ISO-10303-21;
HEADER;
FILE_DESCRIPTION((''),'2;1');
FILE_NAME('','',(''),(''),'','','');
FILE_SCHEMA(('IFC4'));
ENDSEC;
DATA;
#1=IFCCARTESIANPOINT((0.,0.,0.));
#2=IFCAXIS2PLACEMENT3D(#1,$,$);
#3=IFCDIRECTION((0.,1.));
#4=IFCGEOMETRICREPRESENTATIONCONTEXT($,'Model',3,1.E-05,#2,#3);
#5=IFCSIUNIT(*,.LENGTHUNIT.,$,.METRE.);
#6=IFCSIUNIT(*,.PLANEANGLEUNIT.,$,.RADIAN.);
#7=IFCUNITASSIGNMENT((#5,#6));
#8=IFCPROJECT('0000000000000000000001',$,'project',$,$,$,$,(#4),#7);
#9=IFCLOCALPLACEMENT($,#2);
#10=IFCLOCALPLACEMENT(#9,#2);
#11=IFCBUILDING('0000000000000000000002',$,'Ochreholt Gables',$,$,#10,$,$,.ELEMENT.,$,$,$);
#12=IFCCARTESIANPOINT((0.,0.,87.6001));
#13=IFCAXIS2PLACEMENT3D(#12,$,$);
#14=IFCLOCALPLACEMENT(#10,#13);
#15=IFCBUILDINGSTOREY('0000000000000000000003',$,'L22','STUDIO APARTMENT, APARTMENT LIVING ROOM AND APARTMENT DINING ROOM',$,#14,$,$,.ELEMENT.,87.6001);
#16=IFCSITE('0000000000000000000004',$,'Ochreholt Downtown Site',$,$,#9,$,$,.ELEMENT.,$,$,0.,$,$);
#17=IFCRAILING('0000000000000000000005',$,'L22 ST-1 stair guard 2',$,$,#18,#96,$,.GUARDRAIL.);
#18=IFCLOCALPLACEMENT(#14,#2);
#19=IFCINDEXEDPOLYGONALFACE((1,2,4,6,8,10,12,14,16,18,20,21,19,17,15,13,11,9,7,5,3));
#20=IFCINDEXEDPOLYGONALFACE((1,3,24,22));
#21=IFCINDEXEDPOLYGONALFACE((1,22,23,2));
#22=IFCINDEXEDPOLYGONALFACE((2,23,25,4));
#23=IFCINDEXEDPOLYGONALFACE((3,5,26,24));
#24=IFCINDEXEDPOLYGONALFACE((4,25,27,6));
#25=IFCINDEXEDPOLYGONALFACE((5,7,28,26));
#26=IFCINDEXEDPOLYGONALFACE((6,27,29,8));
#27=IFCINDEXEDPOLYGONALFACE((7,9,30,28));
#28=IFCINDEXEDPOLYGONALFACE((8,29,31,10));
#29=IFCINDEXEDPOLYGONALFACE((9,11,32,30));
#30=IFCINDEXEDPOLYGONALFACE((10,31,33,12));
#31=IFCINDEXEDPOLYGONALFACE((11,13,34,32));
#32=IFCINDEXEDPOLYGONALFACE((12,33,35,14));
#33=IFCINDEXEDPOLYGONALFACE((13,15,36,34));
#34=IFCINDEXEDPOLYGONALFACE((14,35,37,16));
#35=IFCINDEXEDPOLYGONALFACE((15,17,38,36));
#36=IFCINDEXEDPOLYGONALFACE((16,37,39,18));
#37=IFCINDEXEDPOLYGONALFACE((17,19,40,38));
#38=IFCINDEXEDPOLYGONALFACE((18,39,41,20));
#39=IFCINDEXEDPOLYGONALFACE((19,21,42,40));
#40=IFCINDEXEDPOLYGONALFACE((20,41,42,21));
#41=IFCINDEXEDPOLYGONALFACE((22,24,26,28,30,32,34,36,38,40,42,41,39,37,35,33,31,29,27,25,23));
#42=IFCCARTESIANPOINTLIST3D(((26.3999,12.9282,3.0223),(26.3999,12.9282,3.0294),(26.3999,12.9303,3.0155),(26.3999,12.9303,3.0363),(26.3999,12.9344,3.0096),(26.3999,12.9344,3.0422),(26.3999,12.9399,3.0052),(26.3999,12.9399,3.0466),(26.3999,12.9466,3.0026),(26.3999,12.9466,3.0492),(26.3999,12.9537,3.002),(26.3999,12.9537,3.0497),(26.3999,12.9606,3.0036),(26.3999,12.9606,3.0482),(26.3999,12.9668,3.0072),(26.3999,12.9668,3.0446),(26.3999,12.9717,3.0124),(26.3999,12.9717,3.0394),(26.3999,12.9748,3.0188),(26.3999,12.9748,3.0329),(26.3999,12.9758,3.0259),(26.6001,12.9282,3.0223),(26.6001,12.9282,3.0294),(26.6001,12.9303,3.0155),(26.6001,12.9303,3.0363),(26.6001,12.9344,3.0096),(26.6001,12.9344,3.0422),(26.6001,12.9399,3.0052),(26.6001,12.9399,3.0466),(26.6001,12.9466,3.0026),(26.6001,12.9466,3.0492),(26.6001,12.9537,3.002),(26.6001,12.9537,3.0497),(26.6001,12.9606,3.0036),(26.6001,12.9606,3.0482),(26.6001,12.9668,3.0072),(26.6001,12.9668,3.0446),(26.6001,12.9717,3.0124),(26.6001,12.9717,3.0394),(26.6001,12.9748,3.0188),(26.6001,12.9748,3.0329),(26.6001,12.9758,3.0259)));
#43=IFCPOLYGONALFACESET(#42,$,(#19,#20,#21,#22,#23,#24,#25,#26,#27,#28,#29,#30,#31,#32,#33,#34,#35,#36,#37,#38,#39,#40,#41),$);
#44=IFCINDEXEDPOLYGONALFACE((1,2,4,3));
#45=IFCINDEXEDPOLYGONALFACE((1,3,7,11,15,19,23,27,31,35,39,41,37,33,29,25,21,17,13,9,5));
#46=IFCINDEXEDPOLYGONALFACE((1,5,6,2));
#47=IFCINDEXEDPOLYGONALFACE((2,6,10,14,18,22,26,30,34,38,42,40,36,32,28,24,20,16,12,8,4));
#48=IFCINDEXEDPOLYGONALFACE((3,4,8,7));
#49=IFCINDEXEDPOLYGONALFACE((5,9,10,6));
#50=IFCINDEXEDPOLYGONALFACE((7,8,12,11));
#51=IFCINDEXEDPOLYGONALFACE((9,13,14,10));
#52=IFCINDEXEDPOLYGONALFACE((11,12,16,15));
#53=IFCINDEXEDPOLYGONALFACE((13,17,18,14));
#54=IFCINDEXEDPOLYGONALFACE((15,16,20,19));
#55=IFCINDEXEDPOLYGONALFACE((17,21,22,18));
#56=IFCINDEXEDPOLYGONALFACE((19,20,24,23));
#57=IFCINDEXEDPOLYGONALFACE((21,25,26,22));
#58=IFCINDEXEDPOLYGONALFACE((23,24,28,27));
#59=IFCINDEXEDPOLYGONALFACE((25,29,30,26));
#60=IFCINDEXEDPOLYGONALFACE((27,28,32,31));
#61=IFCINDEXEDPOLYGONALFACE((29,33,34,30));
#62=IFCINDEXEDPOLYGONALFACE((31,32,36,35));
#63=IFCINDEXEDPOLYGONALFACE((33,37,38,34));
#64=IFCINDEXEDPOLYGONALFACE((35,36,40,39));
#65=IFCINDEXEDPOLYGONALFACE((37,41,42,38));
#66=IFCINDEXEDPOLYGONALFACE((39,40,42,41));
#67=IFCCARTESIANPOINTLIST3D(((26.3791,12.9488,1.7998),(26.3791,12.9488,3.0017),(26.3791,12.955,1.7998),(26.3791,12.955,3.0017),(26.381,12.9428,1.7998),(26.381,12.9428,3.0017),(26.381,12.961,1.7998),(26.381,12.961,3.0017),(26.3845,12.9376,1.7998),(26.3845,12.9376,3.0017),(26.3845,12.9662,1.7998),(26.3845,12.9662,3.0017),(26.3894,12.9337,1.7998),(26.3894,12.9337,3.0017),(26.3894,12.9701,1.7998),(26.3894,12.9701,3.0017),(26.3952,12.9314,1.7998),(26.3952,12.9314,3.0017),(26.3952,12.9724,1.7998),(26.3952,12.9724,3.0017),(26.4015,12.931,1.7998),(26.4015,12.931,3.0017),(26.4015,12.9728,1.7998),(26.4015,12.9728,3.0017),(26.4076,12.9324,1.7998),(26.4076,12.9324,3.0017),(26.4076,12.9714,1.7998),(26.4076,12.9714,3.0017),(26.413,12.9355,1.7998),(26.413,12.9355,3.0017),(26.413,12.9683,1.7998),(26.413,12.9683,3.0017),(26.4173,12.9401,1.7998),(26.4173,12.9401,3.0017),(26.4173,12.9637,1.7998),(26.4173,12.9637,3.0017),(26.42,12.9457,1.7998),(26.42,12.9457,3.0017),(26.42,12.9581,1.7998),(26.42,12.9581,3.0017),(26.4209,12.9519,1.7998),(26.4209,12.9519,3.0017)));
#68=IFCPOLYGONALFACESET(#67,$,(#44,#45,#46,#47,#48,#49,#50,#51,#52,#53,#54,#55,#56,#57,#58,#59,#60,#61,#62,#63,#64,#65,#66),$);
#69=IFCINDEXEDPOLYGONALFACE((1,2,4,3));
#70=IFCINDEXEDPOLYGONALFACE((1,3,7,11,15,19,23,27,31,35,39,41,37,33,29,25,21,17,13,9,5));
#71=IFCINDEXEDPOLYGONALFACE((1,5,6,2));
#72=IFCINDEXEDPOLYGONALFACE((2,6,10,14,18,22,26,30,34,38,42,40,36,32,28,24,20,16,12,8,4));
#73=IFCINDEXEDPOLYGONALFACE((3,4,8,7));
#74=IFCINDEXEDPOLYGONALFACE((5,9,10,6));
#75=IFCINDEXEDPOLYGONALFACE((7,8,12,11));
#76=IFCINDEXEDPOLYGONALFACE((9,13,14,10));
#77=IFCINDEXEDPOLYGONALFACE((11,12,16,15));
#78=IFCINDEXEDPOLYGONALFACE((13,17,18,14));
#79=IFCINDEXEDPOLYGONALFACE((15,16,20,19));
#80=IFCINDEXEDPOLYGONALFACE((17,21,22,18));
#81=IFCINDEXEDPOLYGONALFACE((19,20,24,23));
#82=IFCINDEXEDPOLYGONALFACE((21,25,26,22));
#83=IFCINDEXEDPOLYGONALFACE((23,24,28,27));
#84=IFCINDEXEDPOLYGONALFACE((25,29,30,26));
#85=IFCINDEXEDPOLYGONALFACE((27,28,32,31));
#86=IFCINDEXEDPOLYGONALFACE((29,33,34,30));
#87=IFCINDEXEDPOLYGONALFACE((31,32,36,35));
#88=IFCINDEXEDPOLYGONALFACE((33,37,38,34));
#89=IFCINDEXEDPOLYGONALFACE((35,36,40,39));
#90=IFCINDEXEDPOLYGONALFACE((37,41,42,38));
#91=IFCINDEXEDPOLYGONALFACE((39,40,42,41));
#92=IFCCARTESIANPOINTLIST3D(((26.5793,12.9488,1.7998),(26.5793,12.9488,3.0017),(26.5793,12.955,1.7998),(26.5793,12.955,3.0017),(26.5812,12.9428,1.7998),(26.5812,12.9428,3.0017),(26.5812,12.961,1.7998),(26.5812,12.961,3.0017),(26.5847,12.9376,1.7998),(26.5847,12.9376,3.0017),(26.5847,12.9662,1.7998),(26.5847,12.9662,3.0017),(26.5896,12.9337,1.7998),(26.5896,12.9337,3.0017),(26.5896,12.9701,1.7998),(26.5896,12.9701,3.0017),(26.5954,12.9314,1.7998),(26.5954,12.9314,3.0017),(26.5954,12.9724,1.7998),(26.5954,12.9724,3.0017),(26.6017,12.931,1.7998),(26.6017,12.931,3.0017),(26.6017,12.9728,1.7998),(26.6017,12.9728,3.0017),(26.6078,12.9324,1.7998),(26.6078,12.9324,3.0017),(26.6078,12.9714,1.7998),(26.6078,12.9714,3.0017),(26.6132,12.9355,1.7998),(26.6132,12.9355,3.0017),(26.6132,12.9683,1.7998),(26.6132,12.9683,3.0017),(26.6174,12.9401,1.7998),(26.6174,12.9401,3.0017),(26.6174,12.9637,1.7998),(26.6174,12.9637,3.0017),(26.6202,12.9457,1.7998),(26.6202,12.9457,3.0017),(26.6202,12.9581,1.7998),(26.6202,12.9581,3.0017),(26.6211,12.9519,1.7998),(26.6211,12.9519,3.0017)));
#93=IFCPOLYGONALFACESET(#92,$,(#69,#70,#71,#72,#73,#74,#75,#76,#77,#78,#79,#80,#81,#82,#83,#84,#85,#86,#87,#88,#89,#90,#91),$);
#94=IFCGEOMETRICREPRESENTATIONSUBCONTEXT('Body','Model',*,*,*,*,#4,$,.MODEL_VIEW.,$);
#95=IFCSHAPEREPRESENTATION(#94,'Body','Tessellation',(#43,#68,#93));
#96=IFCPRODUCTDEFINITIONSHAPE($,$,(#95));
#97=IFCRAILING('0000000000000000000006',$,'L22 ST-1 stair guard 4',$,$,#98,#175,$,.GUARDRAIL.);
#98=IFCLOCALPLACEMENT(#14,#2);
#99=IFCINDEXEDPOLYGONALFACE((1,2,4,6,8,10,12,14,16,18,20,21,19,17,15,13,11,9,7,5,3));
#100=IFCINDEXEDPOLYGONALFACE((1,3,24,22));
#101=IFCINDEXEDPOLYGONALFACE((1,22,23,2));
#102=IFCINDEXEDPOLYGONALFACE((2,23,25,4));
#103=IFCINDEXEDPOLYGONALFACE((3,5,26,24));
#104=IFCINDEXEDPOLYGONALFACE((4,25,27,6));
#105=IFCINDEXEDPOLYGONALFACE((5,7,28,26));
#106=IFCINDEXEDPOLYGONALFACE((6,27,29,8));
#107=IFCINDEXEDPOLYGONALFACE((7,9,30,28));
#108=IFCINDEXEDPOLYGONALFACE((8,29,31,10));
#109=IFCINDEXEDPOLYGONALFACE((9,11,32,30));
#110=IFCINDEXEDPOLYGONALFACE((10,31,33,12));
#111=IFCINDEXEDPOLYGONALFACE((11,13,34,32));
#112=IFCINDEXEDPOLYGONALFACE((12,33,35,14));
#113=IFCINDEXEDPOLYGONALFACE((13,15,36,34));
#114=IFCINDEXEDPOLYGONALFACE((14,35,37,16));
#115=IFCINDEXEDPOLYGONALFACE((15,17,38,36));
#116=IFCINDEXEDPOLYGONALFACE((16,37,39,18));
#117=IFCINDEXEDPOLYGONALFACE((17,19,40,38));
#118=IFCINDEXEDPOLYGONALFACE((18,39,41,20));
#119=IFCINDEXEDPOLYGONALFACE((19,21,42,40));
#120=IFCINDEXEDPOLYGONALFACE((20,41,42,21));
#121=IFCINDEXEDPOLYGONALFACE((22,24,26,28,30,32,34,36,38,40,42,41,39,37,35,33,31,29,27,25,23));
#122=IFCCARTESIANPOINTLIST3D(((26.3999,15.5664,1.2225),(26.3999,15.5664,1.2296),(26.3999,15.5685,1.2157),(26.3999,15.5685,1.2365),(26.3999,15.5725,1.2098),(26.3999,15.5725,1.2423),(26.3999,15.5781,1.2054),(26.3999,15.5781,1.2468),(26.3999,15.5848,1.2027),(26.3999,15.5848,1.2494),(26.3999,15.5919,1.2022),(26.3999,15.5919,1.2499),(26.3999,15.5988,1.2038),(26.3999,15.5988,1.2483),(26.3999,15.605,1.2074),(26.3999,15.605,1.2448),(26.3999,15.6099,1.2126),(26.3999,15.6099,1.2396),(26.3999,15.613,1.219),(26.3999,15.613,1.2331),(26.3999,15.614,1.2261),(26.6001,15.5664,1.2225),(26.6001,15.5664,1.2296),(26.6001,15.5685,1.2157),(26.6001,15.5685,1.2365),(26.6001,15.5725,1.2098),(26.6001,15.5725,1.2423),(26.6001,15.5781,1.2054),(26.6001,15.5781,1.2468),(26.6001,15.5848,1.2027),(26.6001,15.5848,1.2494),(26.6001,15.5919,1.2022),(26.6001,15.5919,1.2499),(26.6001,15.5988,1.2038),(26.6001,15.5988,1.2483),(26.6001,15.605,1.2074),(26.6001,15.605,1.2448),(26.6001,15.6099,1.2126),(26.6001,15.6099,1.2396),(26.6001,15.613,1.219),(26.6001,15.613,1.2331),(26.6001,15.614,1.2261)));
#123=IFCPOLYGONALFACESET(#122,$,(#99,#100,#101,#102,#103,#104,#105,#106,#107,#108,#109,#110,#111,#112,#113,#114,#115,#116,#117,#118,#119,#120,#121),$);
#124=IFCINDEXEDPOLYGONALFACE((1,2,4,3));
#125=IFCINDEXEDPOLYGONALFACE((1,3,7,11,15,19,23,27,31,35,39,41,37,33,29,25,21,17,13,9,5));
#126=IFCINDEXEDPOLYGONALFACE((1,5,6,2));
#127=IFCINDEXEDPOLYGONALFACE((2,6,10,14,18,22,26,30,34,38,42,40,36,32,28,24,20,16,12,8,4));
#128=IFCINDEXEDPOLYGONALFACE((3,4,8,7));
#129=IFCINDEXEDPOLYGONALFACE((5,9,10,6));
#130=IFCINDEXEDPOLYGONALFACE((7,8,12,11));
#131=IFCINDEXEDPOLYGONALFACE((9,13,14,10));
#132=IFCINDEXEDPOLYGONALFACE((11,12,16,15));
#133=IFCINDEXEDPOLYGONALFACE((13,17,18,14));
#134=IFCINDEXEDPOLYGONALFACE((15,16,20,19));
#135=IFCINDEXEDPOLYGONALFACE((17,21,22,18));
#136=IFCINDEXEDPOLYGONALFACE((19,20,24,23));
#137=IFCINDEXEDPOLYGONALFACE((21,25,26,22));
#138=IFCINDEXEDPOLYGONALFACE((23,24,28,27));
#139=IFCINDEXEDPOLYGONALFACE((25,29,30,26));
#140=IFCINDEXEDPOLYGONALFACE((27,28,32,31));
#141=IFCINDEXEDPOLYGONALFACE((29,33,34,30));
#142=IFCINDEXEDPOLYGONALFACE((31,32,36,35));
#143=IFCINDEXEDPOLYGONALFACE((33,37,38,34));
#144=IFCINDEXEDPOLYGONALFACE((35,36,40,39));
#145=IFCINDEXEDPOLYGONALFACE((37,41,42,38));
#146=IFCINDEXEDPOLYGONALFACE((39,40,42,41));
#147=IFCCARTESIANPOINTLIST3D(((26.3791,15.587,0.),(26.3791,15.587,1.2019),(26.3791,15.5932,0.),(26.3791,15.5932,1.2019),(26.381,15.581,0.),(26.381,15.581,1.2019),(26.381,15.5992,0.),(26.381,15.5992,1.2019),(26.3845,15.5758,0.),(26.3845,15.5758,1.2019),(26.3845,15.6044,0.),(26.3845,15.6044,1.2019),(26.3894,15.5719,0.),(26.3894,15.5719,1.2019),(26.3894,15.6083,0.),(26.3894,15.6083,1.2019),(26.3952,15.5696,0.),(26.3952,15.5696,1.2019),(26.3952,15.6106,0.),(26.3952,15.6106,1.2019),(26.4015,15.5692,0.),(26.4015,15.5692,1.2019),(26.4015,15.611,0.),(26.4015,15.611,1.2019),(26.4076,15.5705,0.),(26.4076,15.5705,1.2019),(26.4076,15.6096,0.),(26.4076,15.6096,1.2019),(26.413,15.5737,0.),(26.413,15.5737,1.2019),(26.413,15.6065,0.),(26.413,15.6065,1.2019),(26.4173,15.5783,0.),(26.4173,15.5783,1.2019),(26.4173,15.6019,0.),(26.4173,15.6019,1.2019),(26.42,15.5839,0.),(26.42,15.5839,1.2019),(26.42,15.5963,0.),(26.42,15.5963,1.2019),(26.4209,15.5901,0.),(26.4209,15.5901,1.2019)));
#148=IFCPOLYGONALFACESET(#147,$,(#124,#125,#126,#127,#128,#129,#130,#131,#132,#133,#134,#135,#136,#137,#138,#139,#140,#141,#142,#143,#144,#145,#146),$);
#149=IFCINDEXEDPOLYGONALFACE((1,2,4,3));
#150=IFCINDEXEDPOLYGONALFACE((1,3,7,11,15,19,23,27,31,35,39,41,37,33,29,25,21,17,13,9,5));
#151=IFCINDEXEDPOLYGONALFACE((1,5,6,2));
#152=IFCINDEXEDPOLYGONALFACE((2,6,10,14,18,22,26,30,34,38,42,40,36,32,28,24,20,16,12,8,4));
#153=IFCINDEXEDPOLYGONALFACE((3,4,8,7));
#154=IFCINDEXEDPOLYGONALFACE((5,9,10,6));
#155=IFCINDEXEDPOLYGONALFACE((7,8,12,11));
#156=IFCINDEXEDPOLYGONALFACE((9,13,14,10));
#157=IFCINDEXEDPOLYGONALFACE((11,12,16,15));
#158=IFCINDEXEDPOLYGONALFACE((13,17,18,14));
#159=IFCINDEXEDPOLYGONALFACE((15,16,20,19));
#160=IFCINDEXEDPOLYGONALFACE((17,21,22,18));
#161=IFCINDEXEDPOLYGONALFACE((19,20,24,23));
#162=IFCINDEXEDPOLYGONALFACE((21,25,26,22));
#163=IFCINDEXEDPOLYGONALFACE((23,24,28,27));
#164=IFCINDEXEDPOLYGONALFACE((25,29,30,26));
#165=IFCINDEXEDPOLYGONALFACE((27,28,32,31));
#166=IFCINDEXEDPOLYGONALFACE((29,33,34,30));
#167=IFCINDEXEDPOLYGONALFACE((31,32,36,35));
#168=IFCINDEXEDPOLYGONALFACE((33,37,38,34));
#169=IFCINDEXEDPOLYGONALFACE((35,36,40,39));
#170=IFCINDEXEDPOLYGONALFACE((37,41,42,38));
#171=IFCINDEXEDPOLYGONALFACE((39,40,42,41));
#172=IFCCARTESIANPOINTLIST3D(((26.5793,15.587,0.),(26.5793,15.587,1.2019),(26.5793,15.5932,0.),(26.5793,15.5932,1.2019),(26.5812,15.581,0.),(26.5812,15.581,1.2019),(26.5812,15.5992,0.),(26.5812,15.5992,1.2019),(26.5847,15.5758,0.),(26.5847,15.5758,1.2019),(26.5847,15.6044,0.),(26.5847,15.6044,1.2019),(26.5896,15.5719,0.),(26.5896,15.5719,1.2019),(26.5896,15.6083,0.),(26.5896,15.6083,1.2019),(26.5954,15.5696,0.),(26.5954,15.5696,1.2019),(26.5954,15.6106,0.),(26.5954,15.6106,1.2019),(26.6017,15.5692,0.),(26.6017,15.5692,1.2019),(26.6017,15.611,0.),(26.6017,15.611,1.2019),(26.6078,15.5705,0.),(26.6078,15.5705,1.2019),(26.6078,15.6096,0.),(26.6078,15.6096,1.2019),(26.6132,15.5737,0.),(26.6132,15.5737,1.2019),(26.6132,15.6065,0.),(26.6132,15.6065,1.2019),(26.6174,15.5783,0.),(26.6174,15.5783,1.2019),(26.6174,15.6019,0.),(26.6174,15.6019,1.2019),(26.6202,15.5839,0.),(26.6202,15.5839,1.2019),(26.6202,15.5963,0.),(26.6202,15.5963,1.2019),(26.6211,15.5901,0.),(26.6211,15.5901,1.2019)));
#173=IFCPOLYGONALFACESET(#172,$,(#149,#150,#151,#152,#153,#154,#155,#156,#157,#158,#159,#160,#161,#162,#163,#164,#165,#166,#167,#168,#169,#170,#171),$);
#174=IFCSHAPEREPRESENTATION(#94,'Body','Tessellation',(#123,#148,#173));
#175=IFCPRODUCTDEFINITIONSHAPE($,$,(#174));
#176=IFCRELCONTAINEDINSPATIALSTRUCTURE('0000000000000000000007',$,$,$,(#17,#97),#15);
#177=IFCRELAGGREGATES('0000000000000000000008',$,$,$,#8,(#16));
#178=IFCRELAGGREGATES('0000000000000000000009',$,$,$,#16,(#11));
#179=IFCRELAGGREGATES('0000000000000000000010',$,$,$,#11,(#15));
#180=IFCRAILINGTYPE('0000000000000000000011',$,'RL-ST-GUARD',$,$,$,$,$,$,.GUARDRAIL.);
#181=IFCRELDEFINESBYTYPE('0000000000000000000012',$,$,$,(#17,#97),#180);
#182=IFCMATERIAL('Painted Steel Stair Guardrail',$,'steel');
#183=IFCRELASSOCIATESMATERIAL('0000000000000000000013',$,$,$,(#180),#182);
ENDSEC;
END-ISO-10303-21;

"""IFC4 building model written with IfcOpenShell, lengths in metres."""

from ifc_helpers import new_model, si_unit, direction, frame, origin, origin_2d, place, context, subcontext, project, spatial, circle, extrude, material, type_object, element, save


model = new_model("IFC4")

# Units and contexts
model_context = context("Model", 3, precision=1e-05, world=origin(), true_north=direction((0.0, 1.0)))
body_context = subcontext(model_context, "Body", "Model", "MODEL_VIEW")
ifc_project = project(units=[si_unit("LENGTHUNIT", "METRE"), si_unit("PLANEANGLEUNIT", "RADIAN")], contexts=[model_context])

# Site, building, storey
site_placement = place(None, origin())
site = spatial("IfcSite", under=ifc_project, at=site_placement, Name="Ochreholt Downtown Site", CompositionType="ELEMENT", RefElevation=0.0)
building_placement = place(site_placement, origin())
building = spatial("IfcBuilding", under=site, at=building_placement, Name="Ochreholt Gables", CompositionType="ELEMENT")
storey_placement = place(building_placement, frame((0.0, 0.0, 87.6001)))
storey = spatial("IfcBuildingStorey", under=building, at=storey_placement, Name="L22", Description="STUDIO APARTMENT, APARTMENT LIVING ROOM AND APARTMENT DINING ROOM", CompositionType="ELEMENT", Elevation=87.6001)

# Railings
ifc_material_1 = material(Name="Painted Steel Stair Guardrail", Category="steel")
railing_type_1 = type_object("IfcRailingType", Name="RL-ST-GUARD", PredefinedType="GUARDRAIL", material=ifc_material_1)
for number, where, name in (
    (1, (26.3999, 12.9519, 1.7998), "L22 ST-1 stair guard 2"),
    (2, (26.3999, 15.5901, 0.0), "L22 ST-1 stair guard 4"),
):
    element("IfcRailing", number, at=place(storey_placement, frame(where)), inside=storey, type_object=railing_type_1, Name=name, PredefinedType="GUARDRAIL", context=body_context, shape_type="SweptSolid", body=[
        extrude(circle(Radius=0.0239, at=origin_2d()), frame((0.0, 0.0, 1.2261), z_axis=(1.0, 0.0, 0.0), x_axis=(0.0, 1.0, 0.0)), (0.0, 0.0, 1.0), 0.2002),
        extrude(circle(Radius=0.021, at=origin_2d()), origin(), (0.0, 0.0, 1.0), 1.2019),
        extrude(circle(Radius=0.021, at=origin_2d()), frame((0.2002, 0.0, 0.0)), (0.0, 0.0, 1.0), 1.2019),
    ])

save(model, "model.ifc")
